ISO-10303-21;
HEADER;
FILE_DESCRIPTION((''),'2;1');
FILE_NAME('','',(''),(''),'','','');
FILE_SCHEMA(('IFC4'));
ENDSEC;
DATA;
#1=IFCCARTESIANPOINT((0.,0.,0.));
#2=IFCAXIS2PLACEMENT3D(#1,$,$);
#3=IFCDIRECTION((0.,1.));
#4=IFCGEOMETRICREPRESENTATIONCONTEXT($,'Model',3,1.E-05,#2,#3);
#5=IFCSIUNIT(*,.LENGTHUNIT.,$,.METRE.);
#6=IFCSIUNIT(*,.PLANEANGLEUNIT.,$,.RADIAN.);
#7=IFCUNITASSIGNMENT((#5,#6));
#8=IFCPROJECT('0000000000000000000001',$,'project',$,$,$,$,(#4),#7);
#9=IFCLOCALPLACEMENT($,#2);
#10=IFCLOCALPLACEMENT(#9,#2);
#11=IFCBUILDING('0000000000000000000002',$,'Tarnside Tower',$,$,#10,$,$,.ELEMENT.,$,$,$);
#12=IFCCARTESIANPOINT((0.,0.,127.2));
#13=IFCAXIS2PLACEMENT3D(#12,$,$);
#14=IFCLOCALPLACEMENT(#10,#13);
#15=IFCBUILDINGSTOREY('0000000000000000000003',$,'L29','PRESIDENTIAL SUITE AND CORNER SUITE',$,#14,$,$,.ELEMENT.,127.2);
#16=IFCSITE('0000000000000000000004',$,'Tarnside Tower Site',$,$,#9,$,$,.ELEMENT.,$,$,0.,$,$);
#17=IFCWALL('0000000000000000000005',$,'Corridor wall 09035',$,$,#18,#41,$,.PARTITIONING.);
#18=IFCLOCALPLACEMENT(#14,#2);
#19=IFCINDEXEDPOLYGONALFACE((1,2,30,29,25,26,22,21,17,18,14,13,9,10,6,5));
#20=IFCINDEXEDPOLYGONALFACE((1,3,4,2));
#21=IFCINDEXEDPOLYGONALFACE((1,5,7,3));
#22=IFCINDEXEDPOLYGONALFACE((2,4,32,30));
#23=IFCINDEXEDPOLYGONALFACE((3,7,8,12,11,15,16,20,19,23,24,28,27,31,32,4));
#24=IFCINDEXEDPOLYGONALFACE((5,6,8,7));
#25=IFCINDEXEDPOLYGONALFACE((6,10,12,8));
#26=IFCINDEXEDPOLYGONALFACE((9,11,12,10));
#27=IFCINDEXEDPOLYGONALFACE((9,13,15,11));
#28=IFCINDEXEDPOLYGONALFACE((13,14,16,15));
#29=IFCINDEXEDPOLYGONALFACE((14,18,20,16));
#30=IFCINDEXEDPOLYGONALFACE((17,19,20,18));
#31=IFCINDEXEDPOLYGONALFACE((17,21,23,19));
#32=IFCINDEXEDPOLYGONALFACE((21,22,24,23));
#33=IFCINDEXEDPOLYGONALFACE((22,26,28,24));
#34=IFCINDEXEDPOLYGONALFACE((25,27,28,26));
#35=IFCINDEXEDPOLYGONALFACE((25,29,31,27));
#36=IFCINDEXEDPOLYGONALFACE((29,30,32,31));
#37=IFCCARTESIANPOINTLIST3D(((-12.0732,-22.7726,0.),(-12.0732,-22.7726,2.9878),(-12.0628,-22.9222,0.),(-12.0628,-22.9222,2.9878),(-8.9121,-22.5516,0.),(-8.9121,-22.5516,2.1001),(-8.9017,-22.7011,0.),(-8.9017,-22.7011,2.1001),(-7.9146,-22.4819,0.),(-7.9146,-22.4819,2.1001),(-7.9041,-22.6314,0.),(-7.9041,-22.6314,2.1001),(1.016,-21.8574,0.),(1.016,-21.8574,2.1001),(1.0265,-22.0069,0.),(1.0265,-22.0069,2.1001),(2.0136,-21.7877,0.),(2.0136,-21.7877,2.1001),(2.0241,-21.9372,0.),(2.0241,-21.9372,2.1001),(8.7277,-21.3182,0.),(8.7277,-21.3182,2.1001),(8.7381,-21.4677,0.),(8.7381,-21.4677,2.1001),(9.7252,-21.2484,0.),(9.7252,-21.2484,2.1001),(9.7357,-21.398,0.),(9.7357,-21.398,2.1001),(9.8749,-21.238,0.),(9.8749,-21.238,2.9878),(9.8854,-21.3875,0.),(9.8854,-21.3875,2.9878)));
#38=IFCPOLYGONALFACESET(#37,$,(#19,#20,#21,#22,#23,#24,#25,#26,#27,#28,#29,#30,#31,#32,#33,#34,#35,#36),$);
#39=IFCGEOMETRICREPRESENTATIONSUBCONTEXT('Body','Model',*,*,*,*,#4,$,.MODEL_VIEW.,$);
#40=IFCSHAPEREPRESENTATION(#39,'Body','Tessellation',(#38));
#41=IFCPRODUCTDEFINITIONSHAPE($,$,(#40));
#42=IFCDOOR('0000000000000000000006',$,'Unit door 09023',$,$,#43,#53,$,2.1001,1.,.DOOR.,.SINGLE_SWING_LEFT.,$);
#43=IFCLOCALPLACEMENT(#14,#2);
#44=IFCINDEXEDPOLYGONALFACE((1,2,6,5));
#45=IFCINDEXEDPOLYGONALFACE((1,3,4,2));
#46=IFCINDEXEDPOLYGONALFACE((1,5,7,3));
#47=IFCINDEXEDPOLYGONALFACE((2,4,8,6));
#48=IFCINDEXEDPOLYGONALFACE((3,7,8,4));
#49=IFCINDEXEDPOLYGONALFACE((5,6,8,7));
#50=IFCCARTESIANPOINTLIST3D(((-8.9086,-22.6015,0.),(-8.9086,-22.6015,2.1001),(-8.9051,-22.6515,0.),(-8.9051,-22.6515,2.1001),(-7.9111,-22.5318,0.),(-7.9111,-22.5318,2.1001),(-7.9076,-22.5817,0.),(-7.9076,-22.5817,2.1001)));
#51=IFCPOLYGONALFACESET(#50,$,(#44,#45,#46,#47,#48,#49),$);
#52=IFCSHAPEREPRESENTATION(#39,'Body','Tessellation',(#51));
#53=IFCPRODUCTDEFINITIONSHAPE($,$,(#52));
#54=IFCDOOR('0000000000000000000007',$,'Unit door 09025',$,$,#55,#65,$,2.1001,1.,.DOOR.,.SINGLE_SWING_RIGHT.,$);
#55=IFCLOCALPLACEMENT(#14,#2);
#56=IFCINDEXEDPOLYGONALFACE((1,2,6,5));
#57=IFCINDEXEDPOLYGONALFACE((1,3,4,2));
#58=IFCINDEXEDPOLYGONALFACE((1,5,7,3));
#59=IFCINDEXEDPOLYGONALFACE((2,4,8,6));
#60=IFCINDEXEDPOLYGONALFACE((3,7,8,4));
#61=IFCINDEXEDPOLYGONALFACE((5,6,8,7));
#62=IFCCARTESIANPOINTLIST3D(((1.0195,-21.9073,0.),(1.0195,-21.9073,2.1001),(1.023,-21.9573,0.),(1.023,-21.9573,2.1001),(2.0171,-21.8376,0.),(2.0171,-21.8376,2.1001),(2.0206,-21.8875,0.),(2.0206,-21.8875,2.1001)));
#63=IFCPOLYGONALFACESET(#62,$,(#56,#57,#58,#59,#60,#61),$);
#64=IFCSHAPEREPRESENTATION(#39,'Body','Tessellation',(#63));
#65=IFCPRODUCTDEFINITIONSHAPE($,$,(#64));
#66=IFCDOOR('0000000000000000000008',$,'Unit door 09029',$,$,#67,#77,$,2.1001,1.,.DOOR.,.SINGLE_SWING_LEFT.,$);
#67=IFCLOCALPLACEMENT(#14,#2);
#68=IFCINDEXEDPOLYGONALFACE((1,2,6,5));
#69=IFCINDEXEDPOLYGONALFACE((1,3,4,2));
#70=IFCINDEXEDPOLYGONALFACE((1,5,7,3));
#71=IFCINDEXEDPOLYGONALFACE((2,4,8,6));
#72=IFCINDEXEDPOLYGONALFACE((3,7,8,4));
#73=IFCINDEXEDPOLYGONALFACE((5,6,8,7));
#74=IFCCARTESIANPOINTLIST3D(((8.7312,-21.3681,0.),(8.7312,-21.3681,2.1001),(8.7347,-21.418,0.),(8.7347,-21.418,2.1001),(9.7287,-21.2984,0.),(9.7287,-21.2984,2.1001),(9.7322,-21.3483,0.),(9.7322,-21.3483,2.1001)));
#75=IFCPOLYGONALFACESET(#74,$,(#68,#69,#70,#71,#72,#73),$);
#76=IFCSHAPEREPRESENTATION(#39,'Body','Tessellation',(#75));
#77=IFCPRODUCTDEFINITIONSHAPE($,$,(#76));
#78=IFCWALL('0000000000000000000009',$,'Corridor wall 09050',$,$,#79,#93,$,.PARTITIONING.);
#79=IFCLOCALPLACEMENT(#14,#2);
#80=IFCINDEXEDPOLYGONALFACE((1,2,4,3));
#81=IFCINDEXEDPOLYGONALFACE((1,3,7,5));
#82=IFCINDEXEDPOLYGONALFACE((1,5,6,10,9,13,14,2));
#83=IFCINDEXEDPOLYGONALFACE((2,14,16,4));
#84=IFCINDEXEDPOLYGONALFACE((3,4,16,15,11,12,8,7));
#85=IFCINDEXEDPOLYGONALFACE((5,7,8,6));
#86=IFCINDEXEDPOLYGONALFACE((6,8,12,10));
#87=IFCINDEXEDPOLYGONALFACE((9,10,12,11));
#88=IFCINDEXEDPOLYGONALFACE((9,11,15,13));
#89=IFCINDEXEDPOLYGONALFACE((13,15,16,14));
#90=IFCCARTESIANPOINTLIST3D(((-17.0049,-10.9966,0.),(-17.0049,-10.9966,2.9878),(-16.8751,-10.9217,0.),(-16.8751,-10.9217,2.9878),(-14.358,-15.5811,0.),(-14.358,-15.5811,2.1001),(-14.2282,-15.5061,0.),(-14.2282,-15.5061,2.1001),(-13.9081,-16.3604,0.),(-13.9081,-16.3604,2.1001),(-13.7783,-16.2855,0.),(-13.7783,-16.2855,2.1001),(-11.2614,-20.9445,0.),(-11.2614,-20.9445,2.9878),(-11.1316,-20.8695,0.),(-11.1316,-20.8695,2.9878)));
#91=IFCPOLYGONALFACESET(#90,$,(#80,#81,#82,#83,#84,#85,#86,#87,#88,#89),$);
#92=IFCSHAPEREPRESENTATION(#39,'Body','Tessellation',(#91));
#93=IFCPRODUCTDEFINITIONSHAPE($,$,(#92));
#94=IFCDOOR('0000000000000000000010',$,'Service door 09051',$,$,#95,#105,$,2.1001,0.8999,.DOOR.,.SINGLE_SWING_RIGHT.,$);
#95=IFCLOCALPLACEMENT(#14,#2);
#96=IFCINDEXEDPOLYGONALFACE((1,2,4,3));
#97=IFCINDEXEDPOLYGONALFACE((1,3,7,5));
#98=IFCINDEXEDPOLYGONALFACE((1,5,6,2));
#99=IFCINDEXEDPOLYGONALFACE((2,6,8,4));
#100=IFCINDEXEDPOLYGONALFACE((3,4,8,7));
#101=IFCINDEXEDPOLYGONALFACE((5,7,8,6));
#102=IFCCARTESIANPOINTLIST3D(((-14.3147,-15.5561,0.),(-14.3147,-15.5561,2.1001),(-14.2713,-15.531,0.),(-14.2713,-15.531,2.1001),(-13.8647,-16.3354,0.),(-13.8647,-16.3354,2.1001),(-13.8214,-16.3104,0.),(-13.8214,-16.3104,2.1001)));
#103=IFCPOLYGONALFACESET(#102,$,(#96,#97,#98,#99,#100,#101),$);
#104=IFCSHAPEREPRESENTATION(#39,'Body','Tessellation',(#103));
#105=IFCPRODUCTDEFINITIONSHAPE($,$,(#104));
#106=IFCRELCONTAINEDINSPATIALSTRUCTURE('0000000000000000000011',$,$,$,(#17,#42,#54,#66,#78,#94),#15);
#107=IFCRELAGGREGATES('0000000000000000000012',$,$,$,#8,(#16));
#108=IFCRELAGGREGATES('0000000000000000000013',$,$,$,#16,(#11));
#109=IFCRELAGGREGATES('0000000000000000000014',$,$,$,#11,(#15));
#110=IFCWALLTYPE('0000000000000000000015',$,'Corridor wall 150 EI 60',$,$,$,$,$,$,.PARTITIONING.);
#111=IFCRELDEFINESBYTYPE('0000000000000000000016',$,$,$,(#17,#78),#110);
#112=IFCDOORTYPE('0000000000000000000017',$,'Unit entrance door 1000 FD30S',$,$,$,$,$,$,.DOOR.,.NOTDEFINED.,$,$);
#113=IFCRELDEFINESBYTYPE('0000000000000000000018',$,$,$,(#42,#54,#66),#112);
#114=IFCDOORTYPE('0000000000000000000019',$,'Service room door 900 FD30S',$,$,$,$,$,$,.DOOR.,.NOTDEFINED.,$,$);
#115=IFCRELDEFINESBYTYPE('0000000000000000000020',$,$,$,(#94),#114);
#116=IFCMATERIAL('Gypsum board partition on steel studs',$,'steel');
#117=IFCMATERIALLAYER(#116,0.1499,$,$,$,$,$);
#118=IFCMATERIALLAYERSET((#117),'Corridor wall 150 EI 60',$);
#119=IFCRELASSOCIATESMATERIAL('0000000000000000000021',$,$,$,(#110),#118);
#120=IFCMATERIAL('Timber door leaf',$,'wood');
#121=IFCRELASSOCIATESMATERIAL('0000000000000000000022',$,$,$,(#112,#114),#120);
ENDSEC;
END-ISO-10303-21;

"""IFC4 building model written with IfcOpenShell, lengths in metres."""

from ifc_helpers import new_model, si_unit, direction, frame, frame_2d, origin, place, context, subcontext, project, spatial, rectangle, extrude, material, layer, layer_set, type_object, element, fill, save


model = new_model("IFC4")

# Units and contexts
model_context = context("Model", 3, precision=1e-05, world=origin(), true_north=direction((0.0, 1.0)))
body_context = subcontext(model_context, "Body", "Model", "MODEL_VIEW")
ifc_project = project(units=[si_unit("LENGTHUNIT", "METRE"), si_unit("PLANEANGLEUNIT", "RADIAN")], contexts=[model_context])

# Site, building, storey
site_placement = place(None, origin())
site = spatial("IfcSite", under=ifc_project, at=site_placement, Name="Tarnside Tower Site", CompositionType="ELEMENT", RefElevation=0.0)
building_placement = place(site_placement, origin())
building = spatial("IfcBuilding", under=site, at=building_placement, Name="Tarnside Tower", CompositionType="ELEMENT")
storey_placement = place(building_placement, frame((0.0, 0.0, 127.2)))
storey = spatial("IfcBuildingStorey", under=building, at=storey_placement, Name="L29", Description="PRESIDENTIAL SUITE AND CORNER SUITE", CompositionType="ELEMENT", Elevation=127.2)

# Shared definitions
ifc_material_1 = material(Name="Gypsum board partition on steel studs", Category="steel")

# Shared definitions
ifc_material_2 = material(Name="Timber door leaf", Category="wood")

# Wall, openings, doors
ifc_layer_1 = layer(ifc_material_1, 0.1499)
ifc_layer_set_1 = layer_set([ifc_layer_1], Name="Corridor wall 150 EI 60")
wall_type_1 = type_object("IfcWallType", Name="Corridor wall 150 EI 60", PredefinedType="PARTITIONING", material=ifc_layer_set_1)
wall_1_placement = place(storey_placement, frame((-12.0681, -22.8474, 0.0), z_axis=(0.0, 0.0, 1.0), x_axis=(0.997564, 0.069752, 0.0)))
wall_1 = element("IfcWall", 1, at=wall_1_placement, inside=storey, type_object=wall_type_1, Name="Corridor wall 09035", PredefinedType="PARTITIONING", context=body_context, shape_type="SweptSolid", body=[
    extrude(rectangle(XDim=22.0017, YDim=0.1499, at=frame_2d((11.001, 0.0))), origin(), (0.0, 0.0, 1.0), 2.9878),
])
opening_1_placement = place(wall_1_placement, frame((3.1689, 0.0, 0.0)))
opening_1 = element("IfcOpeningElement", 2, at=opening_1_placement, cuts=wall_1, PredefinedType="OPENING", context=body_context, shape_type="SweptSolid", body=[
    extrude(rectangle(XDim=1.0, YDim=2.1001, at=frame_2d((0.5, 1.05))), frame((0.0, 0.085, 0.0), z_axis=(0.0, -1.0, 0.0), x_axis=(1.0, 0.0, 0.0)), (0.0, 0.0, 1.0), 0.1699),
])
opening_2_placement = place(wall_1_placement, frame((13.1213, 0.0, 0.0)))
opening_2 = element("IfcOpeningElement", 3, at=opening_2_placement, cuts=wall_1, PredefinedType="OPENING", context=body_context, shape_type="SweptSolid", body=[
    extrude(rectangle(XDim=1.0, YDim=2.1001, at=frame_2d((0.5, 1.05))), frame((0.0, 0.085, 0.0), z_axis=(0.0, -1.0, 0.0), x_axis=(1.0, 0.0, 0.0)), (0.0, 0.0, 1.0), 0.1699),
])
opening_3_placement = place(wall_1_placement, frame((20.8518, 0.0, 0.0)))
opening_3 = element("IfcOpeningElement", 4, at=opening_3_placement, cuts=wall_1, PredefinedType="OPENING", context=body_context, shape_type="SweptSolid", body=[
    extrude(rectangle(XDim=1.0, YDim=2.1001, at=frame_2d((0.5, 1.05))), frame((0.0, 0.085, 0.0), z_axis=(0.0, -1.0, 0.0), x_axis=(1.0, 0.0, 0.0)), (0.0, 0.0, 1.0), 0.1699),
])
door_type_1 = type_object("IfcDoorType", Name="Unit entrance door 1000 FD30S", OperationType="NOTDEFINED", PredefinedType="DOOR", material=ifc_material_2)
door_1_placement = place(opening_1_placement, origin())
door_1 = element("IfcDoor", 5, at=door_1_placement, inside=storey, type_object=door_type_1, Name="Unit door 09023", OperationType="SINGLE_SWING_LEFT", OverallHeight=2.1001, OverallWidth=1.0, PredefinedType="DOOR", context=body_context, shape_type="SweptSolid", body=[
    extrude(rectangle(XDim=1.0, YDim=2.1001, at=frame_2d((0.5, 1.05))), frame((0.0, 0.0249, 0.0), z_axis=(0.0, -1.0, 0.0), x_axis=(1.0, 0.0, 0.0)), (0.0, 0.0, 1.0), 0.05),
])
fill(opening_1, door_1)
door_2_placement = place(opening_2_placement, origin())
door_2 = element("IfcDoor", 6, at=door_2_placement, inside=storey, type_object=door_type_1, Name="Unit door 09025", OperationType="SINGLE_SWING_RIGHT", OverallHeight=2.1001, OverallWidth=1.0, PredefinedType="DOOR", context=body_context, shape_type="SweptSolid", body=[
    extrude(rectangle(XDim=1.0, YDim=2.1001, at=frame_2d((0.5, 1.05))), frame((0.0, 0.0249, 0.0), z_axis=(0.0, -1.0, 0.0), x_axis=(1.0, 0.0, 0.0)), (0.0, 0.0, 1.0), 0.05),
])
fill(opening_2, door_2)
door_3_placement = place(opening_3_placement, origin())
door_3 = element("IfcDoor", 7, at=door_3_placement, inside=storey, type_object=door_type_1, Name="Unit door 09029", OperationType="SINGLE_SWING_LEFT", OverallHeight=2.1001, OverallWidth=1.0, PredefinedType="DOOR", context=body_context, shape_type="SweptSolid", body=[
    extrude(rectangle(XDim=1.0, YDim=2.1001, at=frame_2d((0.5, 1.05))), frame((0.0, 0.0249, 0.0), z_axis=(0.0, -1.0, 0.0), x_axis=(1.0, 0.0, 0.0)), (0.0, 0.0, 1.0), 0.05),
])
fill(opening_3, door_3)

# Wall, opening, door
wall_2_placement = place(storey_placement, frame((-11.1965, -20.907, 0.0), z_axis=(0.0, 0.0, 1.0), x_axis=(-0.500005, 0.866023, 0.0)))
wall_2 = element("IfcWall", 8, at=wall_2_placement, inside=storey, type_object=wall_type_1, Name="Corridor wall 09050", PredefinedType="PARTITIONING", context=body_context, shape_type="SweptSolid", body=[
    extrude(rectangle(XDim=11.4868, YDim=0.1499, at=frame_2d((5.7434, 0.0))), origin(), (0.0, 0.0, 1.0), 2.9878),
])
opening_4_placement = place(wall_2_placement, frame((5.2932, 0.0, 0.0)))
opening_4 = element("IfcOpeningElement", 9, at=opening_4_placement, cuts=wall_2, PredefinedType="OPENING", context=body_context, shape_type="SweptSolid", body=[
    extrude(rectangle(XDim=0.8999, YDim=2.1001, at=frame_2d((0.45, 1.05))), frame((0.0, 0.085, 0.0), z_axis=(0.0, -1.0, 0.0), x_axis=(1.0, 0.0, 0.0)), (0.0, 0.0, 1.0), 0.1699),
])
door_type_2 = type_object("IfcDoorType", Name="Service room door 900 FD30S", OperationType="NOTDEFINED", PredefinedType="DOOR", material=ifc_material_2)
door_4_placement = place(opening_4_placement, origin())
door_4 = element("IfcDoor", 10, at=door_4_placement, inside=storey, type_object=door_type_2, Name="Service door 09051", OperationType="SINGLE_SWING_RIGHT", OverallHeight=2.1001, OverallWidth=0.8999, PredefinedType="DOOR", context=body_context, shape_type="SweptSolid", body=[
    extrude(rectangle(XDim=0.8999, YDim=2.1001, at=frame_2d((0.45, 1.05))), frame((0.0, 0.0249, 0.0), z_axis=(0.0, -1.0, 0.0), x_axis=(1.0, 0.0, 0.0)), (0.0, 0.0, 1.0), 0.05),
])
fill(opening_4, door_4)

save(model, "model.ifc")
